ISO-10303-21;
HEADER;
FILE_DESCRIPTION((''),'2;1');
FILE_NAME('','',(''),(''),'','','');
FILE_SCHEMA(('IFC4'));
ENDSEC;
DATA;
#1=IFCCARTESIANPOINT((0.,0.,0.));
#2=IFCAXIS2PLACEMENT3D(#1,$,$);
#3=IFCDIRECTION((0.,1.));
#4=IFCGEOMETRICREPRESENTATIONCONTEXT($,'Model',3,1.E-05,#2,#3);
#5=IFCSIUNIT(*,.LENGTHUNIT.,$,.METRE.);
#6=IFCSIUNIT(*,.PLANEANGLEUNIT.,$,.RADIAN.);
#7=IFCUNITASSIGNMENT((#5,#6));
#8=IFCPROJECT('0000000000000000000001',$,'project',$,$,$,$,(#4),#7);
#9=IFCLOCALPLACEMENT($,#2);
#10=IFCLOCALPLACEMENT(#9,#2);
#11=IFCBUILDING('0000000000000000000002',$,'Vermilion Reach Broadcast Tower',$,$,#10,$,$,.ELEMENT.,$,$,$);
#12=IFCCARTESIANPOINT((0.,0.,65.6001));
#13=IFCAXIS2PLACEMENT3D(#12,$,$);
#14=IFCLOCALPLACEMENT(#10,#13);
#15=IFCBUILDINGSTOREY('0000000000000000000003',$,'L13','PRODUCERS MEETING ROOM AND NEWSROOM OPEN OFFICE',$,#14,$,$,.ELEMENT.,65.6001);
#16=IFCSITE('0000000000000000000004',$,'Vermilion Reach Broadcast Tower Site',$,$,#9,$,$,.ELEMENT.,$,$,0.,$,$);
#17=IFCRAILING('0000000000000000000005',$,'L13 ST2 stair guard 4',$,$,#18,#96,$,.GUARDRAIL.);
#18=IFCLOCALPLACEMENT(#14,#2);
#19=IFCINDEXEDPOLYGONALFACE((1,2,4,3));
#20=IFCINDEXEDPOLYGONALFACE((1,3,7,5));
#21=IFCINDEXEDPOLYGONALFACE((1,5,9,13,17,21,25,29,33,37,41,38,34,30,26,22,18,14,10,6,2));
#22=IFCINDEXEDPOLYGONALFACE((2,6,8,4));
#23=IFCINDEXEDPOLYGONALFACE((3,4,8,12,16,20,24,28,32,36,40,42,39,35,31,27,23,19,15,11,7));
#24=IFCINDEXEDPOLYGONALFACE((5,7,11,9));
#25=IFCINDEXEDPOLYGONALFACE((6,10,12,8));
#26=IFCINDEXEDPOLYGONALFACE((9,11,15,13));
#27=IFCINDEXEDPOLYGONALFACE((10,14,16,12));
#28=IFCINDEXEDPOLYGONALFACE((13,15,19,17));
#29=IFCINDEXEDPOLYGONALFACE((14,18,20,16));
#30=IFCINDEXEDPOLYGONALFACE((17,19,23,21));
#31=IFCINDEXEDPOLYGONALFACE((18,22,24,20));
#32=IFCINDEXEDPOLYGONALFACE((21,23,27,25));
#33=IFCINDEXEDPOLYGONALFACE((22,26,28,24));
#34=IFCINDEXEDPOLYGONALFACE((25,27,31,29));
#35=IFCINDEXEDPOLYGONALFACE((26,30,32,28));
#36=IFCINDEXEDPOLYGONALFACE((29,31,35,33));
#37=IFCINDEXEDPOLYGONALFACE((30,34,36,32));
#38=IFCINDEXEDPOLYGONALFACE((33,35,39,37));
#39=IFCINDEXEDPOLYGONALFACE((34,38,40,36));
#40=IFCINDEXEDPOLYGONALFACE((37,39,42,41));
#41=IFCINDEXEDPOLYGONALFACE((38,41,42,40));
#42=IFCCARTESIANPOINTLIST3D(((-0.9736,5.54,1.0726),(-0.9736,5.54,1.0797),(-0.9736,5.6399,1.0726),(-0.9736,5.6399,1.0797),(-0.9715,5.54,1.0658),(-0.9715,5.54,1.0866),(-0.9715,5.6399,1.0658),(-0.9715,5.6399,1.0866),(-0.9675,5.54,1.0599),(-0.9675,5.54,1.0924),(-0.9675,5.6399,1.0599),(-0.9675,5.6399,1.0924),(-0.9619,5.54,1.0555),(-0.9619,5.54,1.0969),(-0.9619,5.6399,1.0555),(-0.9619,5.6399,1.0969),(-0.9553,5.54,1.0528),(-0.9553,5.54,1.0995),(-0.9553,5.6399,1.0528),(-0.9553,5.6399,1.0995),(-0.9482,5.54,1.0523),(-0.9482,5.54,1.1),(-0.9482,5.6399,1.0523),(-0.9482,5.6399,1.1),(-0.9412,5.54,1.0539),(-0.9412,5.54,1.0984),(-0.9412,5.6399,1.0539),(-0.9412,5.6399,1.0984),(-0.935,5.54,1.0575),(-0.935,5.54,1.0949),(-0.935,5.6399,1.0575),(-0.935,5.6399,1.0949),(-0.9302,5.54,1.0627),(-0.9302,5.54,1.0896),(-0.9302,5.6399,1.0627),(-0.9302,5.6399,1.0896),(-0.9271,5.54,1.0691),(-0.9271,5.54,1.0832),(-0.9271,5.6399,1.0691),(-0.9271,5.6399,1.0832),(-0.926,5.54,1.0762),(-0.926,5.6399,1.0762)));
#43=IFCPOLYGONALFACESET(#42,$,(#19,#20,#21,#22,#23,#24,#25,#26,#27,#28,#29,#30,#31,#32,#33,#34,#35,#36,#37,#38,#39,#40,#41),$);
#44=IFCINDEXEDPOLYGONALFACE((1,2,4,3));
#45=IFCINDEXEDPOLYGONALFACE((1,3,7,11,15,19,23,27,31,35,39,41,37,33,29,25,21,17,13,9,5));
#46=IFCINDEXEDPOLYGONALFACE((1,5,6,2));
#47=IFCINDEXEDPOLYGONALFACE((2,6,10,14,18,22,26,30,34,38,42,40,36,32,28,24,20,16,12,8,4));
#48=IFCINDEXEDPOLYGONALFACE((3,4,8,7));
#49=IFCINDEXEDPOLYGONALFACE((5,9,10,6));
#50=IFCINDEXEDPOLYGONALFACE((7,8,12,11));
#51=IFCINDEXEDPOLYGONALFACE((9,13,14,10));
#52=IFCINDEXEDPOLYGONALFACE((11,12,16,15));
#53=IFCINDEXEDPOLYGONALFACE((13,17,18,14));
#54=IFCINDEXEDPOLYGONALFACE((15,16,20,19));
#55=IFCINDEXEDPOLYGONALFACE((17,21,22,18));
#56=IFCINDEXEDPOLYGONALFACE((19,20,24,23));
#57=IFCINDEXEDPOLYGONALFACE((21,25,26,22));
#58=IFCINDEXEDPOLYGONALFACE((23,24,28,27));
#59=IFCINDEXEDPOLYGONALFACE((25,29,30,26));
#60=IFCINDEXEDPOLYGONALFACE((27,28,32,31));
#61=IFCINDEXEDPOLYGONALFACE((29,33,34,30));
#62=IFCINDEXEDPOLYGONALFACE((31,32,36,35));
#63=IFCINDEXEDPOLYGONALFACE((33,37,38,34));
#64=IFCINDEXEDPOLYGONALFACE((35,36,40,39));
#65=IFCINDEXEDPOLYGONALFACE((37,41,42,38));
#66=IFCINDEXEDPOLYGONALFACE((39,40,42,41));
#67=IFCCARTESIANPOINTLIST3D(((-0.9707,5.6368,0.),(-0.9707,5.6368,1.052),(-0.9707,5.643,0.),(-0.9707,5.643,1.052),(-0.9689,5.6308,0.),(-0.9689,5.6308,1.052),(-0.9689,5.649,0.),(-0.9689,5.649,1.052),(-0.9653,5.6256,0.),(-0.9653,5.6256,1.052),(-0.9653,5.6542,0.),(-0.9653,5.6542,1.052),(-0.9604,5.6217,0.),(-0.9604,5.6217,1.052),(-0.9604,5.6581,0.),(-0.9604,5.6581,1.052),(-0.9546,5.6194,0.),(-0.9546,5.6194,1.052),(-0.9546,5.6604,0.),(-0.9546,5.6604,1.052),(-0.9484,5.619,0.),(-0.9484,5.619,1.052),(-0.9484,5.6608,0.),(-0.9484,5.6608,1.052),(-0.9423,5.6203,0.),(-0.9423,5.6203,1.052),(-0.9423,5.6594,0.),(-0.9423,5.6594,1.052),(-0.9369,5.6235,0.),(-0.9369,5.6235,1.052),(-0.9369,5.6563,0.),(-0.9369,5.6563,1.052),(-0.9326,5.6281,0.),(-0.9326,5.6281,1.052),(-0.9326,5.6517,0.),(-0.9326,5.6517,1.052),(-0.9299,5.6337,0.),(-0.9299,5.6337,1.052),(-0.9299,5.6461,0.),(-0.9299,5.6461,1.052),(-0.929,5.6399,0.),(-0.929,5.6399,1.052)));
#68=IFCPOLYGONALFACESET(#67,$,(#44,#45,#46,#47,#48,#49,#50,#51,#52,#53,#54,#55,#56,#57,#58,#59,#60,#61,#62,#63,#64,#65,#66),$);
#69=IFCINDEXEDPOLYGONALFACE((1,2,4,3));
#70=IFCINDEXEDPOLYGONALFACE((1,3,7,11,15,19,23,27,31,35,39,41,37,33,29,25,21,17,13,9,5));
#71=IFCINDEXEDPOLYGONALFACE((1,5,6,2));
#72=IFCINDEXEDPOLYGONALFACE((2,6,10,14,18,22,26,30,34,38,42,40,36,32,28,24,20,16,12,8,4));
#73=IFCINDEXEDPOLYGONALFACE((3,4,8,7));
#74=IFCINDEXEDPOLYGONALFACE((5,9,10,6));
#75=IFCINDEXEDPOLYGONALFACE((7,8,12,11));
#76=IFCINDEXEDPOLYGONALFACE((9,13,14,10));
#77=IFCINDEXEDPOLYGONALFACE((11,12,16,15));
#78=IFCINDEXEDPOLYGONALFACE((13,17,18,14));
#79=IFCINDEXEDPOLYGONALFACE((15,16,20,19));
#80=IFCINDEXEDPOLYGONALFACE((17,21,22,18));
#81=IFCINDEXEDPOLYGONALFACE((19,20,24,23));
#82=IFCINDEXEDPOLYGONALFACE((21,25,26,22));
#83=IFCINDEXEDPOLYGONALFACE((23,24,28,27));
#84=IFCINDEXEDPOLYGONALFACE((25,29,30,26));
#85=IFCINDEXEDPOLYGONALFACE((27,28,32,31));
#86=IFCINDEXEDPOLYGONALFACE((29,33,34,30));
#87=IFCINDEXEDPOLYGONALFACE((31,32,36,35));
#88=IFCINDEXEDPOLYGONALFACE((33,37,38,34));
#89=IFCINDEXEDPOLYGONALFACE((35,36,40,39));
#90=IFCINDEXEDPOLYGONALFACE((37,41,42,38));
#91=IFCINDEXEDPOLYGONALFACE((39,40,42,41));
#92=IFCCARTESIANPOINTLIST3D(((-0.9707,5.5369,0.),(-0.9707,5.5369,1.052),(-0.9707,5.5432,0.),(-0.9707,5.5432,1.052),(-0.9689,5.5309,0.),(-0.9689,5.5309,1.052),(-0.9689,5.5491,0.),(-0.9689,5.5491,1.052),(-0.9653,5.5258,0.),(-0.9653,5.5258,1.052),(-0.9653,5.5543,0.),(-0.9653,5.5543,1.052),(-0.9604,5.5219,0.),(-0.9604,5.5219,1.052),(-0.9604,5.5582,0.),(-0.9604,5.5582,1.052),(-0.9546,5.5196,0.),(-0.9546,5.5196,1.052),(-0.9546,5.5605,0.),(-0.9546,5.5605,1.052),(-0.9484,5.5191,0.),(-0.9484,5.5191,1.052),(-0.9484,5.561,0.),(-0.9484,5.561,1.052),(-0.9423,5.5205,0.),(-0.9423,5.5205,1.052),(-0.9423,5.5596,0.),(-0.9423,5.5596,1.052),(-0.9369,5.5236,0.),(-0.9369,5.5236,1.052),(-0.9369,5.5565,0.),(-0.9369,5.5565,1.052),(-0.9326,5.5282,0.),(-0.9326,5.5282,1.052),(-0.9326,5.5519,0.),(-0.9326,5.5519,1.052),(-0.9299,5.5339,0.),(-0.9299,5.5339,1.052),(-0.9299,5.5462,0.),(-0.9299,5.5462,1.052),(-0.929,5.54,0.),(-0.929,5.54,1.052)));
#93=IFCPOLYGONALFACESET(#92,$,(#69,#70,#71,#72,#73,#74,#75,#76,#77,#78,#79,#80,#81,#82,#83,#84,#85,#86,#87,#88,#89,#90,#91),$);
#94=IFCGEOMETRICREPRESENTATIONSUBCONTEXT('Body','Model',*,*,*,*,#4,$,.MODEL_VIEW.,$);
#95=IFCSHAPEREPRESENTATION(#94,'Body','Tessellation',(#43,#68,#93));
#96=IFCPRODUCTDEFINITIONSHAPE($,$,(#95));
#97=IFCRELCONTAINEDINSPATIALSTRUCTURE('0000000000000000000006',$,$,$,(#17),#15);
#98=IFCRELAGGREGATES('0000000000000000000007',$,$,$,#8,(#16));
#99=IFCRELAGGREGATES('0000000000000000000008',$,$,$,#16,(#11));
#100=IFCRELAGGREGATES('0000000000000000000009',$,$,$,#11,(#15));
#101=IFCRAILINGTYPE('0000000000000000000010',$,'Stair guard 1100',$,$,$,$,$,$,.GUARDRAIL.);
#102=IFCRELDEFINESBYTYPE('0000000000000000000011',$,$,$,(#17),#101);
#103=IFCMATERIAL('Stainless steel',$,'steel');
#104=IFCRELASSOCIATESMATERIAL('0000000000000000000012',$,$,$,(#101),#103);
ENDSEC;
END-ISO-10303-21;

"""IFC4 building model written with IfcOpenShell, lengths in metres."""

from ifc_helpers import new_model, si_unit, direction, frame, origin, origin_2d, place, context, subcontext, project, spatial, circle, extrude, material, type_object, element, save


model = new_model("IFC4")

# Units and contexts
model_context = context("Model", 3, precision=1e-05, world=origin(), true_north=direction((0.0, 1.0)))
body_context = subcontext(model_context, "Body", "Model", "MODEL_VIEW")
ifc_project = project(units=[si_unit("LENGTHUNIT", "METRE"), si_unit("PLANEANGLEUNIT", "RADIAN")], contexts=[model_context])

# Site, building, storey
site_placement = place(None, origin())
site = spatial("IfcSite", under=ifc_project, at=site_placement, Name="Vermilion Reach Broadcast Tower Site", CompositionType="ELEMENT", RefElevation=0.0)
building_placement = place(site_placement, origin())
building = spatial("IfcBuilding", under=site, at=building_placement, Name="Vermilion Reach Broadcast Tower", CompositionType="ELEMENT")
storey_placement = place(building_placement, frame((0.0, 0.0, 65.6001)))
storey = spatial("IfcBuildingStorey", under=building, at=storey_placement, Name="L13", Description="PRODUCERS MEETING ROOM AND NEWSROOM OPEN OFFICE", CompositionType="ELEMENT", Elevation=65.6001)

# Railing
ifc_material_1 = material(Name="Stainless steel", Category="steel")
railing_type_1 = type_object("IfcRailingType", Name="Stair guard 1100", PredefinedType="GUARDRAIL", material=ifc_material_1)
railing_1_placement = place(storey_placement, frame((-0.95, 5.6399, 0.0)))
element("IfcRailing", 1, at=railing_1_placement, inside=storey, type_object=railing_type_1, Name="L13 ST2 stair guard 4", PredefinedType="GUARDRAIL", context=body_context, shape_type="SweptSolid", body=[
    extrude(circle(Radius=0.0239, at=origin_2d()), frame((0.0, 0.0, 1.0762), z_axis=(0.0, -1.0, 0.0), x_axis=(1.0, 0.0, 0.0)), (0.0, 0.0, 1.0), 0.0999),
    extrude(circle(Radius=0.021, at=origin_2d()), origin(), (0.0, 0.0, 1.0), 1.052),
    extrude(circle(Radius=0.021, at=origin_2d()), frame((0.0, -0.0999, 0.0)), (0.0, 0.0, 1.0), 1.052),
])

save(model, "model.ifc")
